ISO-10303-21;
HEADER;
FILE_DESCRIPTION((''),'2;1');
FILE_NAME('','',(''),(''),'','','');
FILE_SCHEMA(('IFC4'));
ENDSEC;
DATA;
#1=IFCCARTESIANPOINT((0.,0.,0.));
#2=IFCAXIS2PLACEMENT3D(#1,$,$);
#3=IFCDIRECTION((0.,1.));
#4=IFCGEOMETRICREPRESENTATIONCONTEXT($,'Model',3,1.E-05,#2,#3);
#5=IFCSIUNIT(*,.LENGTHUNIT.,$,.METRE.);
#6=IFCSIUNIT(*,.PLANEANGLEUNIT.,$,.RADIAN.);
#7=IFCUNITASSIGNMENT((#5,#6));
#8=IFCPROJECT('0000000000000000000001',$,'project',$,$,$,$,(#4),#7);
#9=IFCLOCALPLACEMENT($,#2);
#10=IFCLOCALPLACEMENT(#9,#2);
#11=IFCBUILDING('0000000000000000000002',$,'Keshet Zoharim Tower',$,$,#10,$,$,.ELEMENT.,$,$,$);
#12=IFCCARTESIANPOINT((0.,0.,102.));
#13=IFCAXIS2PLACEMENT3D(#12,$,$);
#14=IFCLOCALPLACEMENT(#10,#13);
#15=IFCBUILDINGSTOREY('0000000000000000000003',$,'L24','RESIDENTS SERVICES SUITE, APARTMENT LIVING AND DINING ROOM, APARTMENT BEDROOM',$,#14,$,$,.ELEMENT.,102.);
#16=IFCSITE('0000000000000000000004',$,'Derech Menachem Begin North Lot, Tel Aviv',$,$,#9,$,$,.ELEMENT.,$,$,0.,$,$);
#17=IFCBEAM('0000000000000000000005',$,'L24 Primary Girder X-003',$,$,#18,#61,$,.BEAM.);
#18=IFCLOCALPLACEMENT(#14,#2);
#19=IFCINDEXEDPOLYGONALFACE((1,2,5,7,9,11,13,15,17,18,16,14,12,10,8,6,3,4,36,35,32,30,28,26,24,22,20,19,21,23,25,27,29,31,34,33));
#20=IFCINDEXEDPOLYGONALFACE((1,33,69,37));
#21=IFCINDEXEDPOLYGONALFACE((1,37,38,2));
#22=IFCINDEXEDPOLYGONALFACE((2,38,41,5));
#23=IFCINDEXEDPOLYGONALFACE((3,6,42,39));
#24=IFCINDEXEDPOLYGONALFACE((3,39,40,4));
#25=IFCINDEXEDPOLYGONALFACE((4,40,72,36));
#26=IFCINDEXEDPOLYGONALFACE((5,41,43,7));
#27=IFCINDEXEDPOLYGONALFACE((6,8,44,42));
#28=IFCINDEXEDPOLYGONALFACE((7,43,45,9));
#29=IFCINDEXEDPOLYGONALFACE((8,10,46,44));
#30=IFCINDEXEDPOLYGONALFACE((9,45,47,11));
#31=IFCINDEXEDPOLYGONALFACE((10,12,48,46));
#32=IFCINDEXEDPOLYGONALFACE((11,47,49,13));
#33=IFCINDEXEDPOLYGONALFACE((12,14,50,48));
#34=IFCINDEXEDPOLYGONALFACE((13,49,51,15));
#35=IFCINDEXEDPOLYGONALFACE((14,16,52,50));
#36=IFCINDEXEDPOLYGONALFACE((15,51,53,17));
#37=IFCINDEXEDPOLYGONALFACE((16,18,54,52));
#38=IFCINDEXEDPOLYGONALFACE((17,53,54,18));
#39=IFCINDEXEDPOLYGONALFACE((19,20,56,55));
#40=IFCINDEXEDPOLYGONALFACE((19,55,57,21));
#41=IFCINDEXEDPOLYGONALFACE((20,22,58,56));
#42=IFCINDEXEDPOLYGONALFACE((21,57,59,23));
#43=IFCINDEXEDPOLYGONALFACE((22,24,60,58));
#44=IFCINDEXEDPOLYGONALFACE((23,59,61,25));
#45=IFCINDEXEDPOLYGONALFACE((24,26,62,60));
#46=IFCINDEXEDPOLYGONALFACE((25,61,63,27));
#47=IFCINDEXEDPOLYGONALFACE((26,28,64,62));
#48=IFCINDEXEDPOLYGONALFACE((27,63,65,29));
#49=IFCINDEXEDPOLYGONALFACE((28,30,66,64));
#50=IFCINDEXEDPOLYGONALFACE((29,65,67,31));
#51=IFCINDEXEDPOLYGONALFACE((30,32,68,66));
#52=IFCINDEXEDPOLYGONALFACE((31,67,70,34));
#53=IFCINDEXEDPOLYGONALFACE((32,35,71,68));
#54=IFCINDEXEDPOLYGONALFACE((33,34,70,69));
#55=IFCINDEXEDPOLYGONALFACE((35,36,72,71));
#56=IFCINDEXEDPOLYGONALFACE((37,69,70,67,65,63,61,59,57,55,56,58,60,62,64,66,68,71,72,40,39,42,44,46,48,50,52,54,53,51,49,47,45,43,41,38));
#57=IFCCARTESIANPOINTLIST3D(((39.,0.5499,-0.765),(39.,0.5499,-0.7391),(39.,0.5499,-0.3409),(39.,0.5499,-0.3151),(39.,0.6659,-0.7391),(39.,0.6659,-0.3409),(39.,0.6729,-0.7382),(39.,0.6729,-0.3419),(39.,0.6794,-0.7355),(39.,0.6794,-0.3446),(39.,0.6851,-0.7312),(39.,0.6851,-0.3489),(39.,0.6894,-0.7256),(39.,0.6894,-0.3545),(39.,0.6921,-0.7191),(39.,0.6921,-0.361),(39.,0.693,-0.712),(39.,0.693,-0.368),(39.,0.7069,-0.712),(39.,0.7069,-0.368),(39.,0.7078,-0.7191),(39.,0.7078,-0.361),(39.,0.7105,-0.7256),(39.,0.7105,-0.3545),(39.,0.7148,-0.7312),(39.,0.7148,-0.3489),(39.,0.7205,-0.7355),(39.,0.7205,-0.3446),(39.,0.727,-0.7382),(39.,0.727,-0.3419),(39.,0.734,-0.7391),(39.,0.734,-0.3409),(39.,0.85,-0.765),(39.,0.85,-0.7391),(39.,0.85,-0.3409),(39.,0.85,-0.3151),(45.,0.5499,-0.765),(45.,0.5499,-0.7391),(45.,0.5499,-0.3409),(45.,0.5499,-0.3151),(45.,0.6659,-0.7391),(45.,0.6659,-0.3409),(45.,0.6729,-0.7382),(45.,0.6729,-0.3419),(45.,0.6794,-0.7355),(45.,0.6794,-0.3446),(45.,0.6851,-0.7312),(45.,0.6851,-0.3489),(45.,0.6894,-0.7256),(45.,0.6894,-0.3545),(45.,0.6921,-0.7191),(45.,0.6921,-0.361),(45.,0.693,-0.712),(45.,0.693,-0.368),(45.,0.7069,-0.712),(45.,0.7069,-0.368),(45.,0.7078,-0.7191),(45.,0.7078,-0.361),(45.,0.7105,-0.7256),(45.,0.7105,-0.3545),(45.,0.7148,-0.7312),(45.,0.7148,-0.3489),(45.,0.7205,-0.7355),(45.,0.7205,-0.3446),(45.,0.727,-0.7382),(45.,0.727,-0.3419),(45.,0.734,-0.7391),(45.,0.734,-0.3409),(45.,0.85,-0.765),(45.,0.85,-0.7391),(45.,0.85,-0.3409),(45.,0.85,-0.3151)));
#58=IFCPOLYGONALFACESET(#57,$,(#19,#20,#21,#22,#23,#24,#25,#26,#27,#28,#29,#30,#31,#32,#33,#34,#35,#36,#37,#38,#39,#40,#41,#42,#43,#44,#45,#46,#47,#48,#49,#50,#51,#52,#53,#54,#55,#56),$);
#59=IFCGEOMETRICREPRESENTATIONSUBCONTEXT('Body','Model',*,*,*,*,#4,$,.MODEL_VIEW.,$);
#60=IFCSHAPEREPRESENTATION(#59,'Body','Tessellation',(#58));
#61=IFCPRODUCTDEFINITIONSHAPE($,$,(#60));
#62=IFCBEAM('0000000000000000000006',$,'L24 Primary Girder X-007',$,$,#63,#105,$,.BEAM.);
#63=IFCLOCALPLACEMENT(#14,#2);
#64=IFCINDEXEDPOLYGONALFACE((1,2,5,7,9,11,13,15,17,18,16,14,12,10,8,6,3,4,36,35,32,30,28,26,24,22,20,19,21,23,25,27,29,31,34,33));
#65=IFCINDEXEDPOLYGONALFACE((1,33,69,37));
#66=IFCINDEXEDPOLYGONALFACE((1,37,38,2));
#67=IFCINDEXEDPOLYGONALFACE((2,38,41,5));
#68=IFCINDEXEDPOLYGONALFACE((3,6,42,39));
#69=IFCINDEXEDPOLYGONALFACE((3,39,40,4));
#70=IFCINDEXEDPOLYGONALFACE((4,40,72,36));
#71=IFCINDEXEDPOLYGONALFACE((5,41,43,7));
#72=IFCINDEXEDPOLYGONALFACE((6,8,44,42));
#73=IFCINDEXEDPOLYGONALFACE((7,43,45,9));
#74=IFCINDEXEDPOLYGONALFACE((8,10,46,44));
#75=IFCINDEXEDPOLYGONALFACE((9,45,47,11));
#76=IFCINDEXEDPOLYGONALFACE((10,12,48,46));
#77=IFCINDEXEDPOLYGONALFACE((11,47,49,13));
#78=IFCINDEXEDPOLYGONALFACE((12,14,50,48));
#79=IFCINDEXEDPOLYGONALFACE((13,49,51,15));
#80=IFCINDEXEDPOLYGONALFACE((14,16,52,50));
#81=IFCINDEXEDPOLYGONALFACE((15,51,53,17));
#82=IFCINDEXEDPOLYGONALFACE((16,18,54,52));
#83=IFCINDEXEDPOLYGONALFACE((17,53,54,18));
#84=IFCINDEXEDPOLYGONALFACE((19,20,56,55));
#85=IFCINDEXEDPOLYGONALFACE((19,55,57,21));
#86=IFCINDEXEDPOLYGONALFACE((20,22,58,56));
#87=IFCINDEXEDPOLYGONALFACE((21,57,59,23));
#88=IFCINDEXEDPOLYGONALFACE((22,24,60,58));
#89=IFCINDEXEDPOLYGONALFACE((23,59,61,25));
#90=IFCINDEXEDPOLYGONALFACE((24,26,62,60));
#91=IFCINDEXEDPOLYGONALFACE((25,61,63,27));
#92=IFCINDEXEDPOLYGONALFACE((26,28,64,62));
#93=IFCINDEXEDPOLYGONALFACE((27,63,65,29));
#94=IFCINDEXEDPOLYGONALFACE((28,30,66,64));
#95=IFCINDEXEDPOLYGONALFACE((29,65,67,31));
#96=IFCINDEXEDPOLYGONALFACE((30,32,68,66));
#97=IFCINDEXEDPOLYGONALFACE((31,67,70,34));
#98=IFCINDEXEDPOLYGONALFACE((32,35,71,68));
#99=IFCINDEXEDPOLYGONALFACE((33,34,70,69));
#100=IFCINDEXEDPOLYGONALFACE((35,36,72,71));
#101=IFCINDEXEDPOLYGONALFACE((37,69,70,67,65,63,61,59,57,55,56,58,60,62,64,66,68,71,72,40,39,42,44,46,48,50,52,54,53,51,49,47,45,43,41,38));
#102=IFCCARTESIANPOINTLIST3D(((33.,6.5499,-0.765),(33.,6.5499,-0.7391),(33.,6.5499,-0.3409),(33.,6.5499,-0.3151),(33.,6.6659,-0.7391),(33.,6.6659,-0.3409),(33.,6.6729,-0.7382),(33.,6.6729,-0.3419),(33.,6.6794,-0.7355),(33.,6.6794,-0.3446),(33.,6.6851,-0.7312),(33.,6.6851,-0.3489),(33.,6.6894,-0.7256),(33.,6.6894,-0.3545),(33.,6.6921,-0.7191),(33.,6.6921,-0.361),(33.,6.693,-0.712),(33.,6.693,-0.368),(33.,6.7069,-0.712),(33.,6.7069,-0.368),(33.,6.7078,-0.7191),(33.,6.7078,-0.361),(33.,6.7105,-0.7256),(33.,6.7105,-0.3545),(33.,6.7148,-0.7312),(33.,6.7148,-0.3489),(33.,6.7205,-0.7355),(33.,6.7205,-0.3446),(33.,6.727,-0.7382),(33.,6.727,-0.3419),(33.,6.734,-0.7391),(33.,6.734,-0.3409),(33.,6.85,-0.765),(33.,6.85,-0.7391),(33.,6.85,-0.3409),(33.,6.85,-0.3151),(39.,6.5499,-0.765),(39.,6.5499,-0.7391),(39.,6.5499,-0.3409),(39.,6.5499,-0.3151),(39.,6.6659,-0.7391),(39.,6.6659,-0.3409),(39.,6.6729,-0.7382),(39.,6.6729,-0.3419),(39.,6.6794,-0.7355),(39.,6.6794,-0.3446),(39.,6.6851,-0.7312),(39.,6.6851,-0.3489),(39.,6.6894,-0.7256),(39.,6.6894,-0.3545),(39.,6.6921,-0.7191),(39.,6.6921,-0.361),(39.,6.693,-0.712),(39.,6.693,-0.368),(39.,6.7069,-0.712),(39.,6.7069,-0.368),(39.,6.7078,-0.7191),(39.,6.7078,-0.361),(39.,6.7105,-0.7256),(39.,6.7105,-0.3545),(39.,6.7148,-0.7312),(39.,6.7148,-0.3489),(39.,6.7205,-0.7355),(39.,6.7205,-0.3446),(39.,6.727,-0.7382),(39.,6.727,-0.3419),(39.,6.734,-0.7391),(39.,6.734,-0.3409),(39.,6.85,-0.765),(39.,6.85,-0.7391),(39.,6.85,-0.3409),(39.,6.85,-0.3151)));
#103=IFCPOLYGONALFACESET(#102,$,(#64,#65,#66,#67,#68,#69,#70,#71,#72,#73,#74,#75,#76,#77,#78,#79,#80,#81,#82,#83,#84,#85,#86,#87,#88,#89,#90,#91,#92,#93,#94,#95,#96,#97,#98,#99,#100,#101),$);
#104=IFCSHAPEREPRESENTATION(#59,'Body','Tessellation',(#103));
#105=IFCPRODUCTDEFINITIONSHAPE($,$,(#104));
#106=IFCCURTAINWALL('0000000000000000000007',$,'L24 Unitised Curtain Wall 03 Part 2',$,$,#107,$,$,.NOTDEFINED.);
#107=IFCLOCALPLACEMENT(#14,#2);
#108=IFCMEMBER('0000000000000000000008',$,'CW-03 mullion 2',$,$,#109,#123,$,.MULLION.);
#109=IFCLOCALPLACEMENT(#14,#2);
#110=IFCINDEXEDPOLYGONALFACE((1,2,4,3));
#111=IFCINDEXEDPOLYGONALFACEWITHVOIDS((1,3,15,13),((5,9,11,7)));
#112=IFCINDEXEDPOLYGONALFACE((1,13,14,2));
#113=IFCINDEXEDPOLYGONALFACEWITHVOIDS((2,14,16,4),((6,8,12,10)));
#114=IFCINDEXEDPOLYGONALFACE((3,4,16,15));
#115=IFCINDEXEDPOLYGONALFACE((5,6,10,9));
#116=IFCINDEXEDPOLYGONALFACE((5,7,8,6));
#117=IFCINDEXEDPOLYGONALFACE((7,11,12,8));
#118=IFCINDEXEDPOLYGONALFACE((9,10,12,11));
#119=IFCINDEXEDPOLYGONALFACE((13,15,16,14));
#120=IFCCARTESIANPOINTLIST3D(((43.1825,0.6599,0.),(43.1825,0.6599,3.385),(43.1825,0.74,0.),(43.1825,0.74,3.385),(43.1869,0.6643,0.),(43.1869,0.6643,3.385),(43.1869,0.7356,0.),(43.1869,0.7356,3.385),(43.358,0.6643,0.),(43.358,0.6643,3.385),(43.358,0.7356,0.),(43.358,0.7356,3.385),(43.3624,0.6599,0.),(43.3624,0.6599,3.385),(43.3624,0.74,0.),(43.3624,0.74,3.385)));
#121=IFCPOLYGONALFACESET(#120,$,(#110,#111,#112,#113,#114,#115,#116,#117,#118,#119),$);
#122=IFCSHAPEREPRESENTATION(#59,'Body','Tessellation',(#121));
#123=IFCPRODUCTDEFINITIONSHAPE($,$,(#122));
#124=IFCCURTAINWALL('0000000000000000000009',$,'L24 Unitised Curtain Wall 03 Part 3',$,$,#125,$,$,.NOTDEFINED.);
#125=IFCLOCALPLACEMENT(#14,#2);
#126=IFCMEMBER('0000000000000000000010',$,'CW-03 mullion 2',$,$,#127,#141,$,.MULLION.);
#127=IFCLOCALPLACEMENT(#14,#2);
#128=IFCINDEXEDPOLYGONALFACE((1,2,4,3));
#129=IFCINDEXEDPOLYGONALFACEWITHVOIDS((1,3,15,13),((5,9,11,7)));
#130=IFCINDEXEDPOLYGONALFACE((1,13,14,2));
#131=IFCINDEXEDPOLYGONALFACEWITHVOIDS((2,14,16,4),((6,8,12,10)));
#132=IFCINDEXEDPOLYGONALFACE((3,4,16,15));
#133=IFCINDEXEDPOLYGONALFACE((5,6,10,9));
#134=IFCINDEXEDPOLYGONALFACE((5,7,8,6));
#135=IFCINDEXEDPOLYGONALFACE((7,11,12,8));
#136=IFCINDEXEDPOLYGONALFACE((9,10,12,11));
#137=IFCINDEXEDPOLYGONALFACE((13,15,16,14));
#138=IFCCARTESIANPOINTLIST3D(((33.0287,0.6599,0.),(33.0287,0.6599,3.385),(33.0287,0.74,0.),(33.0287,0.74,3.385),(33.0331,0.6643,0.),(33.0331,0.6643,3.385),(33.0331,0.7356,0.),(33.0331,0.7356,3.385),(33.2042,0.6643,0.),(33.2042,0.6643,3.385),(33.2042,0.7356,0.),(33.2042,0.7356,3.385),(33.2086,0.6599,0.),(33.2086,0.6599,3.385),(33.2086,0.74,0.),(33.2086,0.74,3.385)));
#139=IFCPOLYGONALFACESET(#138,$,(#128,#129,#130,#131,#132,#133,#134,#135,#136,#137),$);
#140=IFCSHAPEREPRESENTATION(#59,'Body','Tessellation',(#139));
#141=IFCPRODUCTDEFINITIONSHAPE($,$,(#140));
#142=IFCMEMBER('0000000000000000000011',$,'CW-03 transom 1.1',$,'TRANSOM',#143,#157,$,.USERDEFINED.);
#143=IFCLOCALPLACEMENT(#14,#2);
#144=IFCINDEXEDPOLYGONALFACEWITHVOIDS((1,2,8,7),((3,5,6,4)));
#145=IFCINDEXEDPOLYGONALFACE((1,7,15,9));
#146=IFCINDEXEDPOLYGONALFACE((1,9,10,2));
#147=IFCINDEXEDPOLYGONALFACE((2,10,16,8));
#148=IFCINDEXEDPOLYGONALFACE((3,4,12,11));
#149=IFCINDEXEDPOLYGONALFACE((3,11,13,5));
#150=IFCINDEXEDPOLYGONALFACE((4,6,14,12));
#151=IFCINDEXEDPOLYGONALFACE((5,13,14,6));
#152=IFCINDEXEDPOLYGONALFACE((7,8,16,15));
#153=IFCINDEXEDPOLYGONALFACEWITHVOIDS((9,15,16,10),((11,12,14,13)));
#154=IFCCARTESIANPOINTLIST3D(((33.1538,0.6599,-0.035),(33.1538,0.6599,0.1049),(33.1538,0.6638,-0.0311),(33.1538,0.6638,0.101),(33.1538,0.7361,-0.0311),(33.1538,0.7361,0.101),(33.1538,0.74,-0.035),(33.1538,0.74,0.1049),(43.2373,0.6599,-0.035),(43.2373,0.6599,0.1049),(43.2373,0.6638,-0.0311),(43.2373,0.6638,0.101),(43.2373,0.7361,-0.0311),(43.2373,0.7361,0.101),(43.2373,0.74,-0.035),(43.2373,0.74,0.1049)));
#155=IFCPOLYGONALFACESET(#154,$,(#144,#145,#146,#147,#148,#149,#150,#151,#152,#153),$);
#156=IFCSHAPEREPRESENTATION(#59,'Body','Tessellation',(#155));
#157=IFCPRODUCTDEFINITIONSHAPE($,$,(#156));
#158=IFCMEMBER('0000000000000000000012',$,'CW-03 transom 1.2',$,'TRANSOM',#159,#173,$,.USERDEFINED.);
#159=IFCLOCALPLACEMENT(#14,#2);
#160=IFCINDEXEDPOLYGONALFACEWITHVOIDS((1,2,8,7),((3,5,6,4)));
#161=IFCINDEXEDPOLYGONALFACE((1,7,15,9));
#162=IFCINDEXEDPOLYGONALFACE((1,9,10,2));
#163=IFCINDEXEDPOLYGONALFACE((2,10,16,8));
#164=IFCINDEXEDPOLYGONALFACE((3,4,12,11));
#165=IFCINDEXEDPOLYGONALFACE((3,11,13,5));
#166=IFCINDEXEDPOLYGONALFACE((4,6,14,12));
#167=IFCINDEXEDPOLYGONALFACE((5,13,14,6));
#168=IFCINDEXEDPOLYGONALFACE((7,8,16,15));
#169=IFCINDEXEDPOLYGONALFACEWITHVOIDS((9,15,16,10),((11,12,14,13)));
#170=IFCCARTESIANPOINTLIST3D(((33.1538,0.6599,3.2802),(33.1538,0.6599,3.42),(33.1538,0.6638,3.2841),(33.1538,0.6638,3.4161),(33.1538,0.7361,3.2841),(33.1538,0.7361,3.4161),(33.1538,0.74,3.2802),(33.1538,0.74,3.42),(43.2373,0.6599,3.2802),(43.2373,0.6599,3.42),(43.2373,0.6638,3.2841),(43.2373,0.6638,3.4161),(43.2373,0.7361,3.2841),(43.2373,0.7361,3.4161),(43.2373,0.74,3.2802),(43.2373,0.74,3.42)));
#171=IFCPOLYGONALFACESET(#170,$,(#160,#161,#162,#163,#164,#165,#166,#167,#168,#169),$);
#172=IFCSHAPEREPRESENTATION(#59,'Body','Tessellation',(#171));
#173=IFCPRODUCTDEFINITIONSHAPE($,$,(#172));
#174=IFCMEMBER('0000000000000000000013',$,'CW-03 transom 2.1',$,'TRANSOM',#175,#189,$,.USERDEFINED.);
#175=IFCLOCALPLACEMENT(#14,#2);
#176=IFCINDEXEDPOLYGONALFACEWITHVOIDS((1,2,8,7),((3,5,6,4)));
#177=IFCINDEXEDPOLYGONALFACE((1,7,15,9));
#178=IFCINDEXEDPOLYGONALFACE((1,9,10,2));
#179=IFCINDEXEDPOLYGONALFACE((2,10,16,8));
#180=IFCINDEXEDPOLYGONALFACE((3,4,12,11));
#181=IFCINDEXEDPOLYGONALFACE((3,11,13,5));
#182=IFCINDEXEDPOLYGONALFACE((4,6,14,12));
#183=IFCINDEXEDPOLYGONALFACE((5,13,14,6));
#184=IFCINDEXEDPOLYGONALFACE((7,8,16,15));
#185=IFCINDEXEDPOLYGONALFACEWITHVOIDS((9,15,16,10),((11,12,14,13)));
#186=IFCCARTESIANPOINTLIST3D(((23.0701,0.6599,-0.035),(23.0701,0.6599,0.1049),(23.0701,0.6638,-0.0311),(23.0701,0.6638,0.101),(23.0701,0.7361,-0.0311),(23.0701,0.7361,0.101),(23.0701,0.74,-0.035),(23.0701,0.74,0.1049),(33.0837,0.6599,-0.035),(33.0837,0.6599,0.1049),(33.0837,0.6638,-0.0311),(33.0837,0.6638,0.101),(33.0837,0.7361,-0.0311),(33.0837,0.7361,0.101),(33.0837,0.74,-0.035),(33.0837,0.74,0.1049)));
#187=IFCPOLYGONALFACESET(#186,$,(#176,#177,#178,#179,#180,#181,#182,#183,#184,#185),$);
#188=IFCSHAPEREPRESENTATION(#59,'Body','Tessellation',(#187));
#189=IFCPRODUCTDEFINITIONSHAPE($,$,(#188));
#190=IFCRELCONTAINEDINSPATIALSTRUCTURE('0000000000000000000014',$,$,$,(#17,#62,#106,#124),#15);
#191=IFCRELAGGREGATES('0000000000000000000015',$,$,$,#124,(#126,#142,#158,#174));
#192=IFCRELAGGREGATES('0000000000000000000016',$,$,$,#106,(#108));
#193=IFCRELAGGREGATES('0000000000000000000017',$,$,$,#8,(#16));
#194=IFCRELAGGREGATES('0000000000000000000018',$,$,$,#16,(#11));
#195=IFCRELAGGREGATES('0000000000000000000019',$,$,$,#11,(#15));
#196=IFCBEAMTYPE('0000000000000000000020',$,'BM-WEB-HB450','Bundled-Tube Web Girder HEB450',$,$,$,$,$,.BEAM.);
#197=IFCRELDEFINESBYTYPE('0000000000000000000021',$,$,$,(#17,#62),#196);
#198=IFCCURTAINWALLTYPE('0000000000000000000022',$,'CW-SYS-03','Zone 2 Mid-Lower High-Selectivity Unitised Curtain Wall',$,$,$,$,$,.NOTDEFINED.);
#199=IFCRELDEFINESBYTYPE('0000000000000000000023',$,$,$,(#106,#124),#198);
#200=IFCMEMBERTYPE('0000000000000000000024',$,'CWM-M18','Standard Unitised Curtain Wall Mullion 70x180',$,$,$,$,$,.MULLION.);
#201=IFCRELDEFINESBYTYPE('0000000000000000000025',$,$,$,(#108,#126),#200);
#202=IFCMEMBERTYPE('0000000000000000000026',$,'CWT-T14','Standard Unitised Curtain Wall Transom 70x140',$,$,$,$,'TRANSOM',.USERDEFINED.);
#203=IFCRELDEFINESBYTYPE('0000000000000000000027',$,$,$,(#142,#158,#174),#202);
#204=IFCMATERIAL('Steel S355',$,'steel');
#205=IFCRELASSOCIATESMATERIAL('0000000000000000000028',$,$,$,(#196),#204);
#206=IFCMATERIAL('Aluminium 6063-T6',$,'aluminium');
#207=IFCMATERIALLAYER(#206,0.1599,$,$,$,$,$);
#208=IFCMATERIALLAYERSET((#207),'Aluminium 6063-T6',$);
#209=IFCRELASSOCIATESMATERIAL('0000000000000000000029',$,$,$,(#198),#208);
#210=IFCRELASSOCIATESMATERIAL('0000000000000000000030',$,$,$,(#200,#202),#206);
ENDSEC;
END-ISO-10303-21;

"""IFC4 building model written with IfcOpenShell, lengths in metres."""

from ifc_helpers import new_model, si_unit, direction, frame, origin, origin_2d, place, context, subcontext, project, spatial, hollow_rectangle, i_section, extrude, material, layer, layer_set, material_profile, profile_set, type_object, element, aggregate, save


model = new_model("IFC4")

# Units and contexts
model_context = context("Model", 3, precision=1e-05, world=origin(), true_north=direction((0.0, 1.0)))
body_context = subcontext(model_context, "Body", "Model", "MODEL_VIEW")
ifc_project = project(units=[si_unit("LENGTHUNIT", "METRE"), si_unit("PLANEANGLEUNIT", "RADIAN")], contexts=[model_context])

# Site, building, storey
site_placement = place(None, origin())
site = spatial("IfcSite", under=ifc_project, at=site_placement, Name="Derech Menachem Begin North Lot, Tel Aviv", CompositionType="ELEMENT", RefElevation=0.0)
building_placement = place(site_placement, origin())
building = spatial("IfcBuilding", under=site, at=building_placement, Name="Keshet Zoharim Tower", CompositionType="ELEMENT")
storey_placement = place(building_placement, frame((0.0, 0.0, 102.0)))
storey = spatial("IfcBuildingStorey", under=building, at=storey_placement, Name="L24", Description="RESIDENTS SERVICES SUITE, APARTMENT LIVING AND DINING ROOM, APARTMENT BEDROOM", CompositionType="ELEMENT", Elevation=102.0)

# Shared definitions
ifc_material_1 = material(Name="Steel S355", Category="steel")

# Beams
ifc_material_profile_1 = material_profile(ifc_material_1, i_section(OverallWidth=0.3, OverallDepth=0.45, WebThickness=0.0139, FlangeThickness=0.0259, FilletRadius=0.0271, at=origin_2d()), Name="HEB450")
ifc_profile_set_1 = profile_set([ifc_material_profile_1], Name="Steel S355")
beam_type_1 = type_object("IfcBeamType", Name="BM-WEB-HB450", Description="Bundled-Tube Web Girder HEB450", PredefinedType="BEAM", material=ifc_profile_set_1)
for number, where, z_axis, x_axis, name in (
    (1, (39.0, 0.7, -0.54), (1.0, 0.0, 0.0), (0.0, 1.0, 0.0), "L24 Primary Girder X-003"),
    (2, (33.0, 6.7, -0.54), (1.0, 0.0, 0.0), (0.0, 1.0, 0.0), "L24 Primary Girder X-007"),
):
    element("IfcBeam", number, at=place(storey_placement, frame(where, z_axis=z_axis, x_axis=x_axis)), inside=storey, type_object=beam_type_1, Name=name, PredefinedType="BEAM", context=body_context, shape_type="SweptSolid", body=[
        extrude(i_section(OverallWidth=0.3, OverallDepth=0.45, WebThickness=0.0139, FlangeThickness=0.0259, FilletRadius=0.0271, at=origin_2d()), origin(), (0.0, 0.0, 1.0), 6.0),
    ])

# Curtain wall, member
ifc_material_2 = material(Name="Aluminium 6063-T6", Category="aluminium")
ifc_layer_1 = layer(ifc_material_2, 0.1599)
ifc_layer_set_1 = layer_set([ifc_layer_1], Name="Aluminium 6063-T6")
curtain_wall_type = type_object("IfcCurtainWallType", Name="CW-SYS-03", Description="Zone 2 Mid-Lower High-Selectivity Unitised Curtain Wall", PredefinedType="NOTDEFINED", material=ifc_layer_set_1)
curtain_wall_1_placement = place(storey_placement, origin())
curtain_wall_1 = element("IfcCurtainWall", 3, at=curtain_wall_1_placement, inside=storey, type_object=curtain_wall_type, Name="L24 Unitised Curtain Wall 03 Part 2", PredefinedType="NOTDEFINED")
ifc_material_profile_2 = material_profile(ifc_material_2, hollow_rectangle(XDim=0.0801, YDim=0.1799, WallThickness=0.0044, at=origin_2d()), Name="MUL-80x180")
ifc_profile_set_2 = profile_set([ifc_material_profile_2], Name="Aluminium 6063-T6")
member_type_1 = type_object("IfcMemberType", Name="CWM-M18", Description="Standard Unitised Curtain Wall Mullion 70x180", PredefinedType="MULLION", material=ifc_profile_set_2)
member_1_placement = place(storey_placement, frame((43.2725, 0.7, 0.0), z_axis=(0.0, 0.0, 1.0), x_axis=(0.0, -1.0, 0.0)))
member_1 = element("IfcMember", 4, at=member_1_placement, type_object=member_type_1, Name="CW-03 mullion 2", PredefinedType="MULLION", context=body_context, shape_type="SweptSolid", body=[
    extrude(hollow_rectangle(XDim=0.0801, YDim=0.1799, WallThickness=0.0044, at=origin_2d()), origin(), (0.0, 0.0, 1.0), 3.385),
])

# Curtain wall, members
curtain_wall_2_placement = place(storey_placement, origin())
curtain_wall_2 = element("IfcCurtainWall", 5, at=curtain_wall_2_placement, inside=storey, type_object=curtain_wall_type, Name="L24 Unitised Curtain Wall 03 Part 3", PredefinedType="NOTDEFINED")
member_2_placement = place(storey_placement, frame((33.1187, 0.7, 0.0), z_axis=(0.0, 0.0, 1.0), x_axis=(0.0, -1.0, 0.0)))
member_2 = element("IfcMember", 6, at=member_2_placement, type_object=member_type_1, Name="CW-03 mullion 2", PredefinedType="MULLION", context=body_context, shape_type="SweptSolid", body=[
    extrude(hollow_rectangle(XDim=0.0801, YDim=0.1799, WallThickness=0.0044, at=origin_2d()), origin(), (0.0, 0.0, 1.0), 3.385),
])
ifc_material_profile_3 = material_profile(ifc_material_2, hollow_rectangle(XDim=0.0801, YDim=0.1399, WallThickness=0.0039, at=origin_2d()), Name="TRN-80x140")
ifc_profile_set_3 = profile_set([ifc_material_profile_3], Name="Aluminium 6063-T6")
member_type_2 = type_object("IfcMemberType", Name="CWT-T14", Description="Standard Unitised Curtain Wall Transom 70x140", ElementType="TRANSOM", PredefinedType="USERDEFINED", material=ifc_profile_set_3)
member_3_placement = place(storey_placement, frame((43.2373, 0.7, 0.0349), z_axis=(-1.0, 0.0, 0.0), x_axis=(0.0, -1.0, 0.0)))
member_3 = element("IfcMember", 7, at=member_3_placement, type_object=member_type_2, Name="CW-03 transom 1.1", ObjectType="TRANSOM", PredefinedType="USERDEFINED", context=body_context, shape_type="SweptSolid", body=[
    extrude(hollow_rectangle(XDim=0.0801, YDim=0.1399, WallThickness=0.0039, at=origin_2d()), origin(), (0.0, 0.0, 1.0), 10.0835),
])
member_4_placement = place(storey_placement, frame((43.2373, 0.7, 3.3501), z_axis=(-1.0, 0.0, 0.0), x_axis=(0.0, -1.0, 0.0)))
member_4 = element("IfcMember", 8, at=member_4_placement, type_object=member_type_2, Name="CW-03 transom 1.2", ObjectType="TRANSOM", PredefinedType="USERDEFINED", context=body_context, shape_type="SweptSolid", body=[
    extrude(hollow_rectangle(XDim=0.0801, YDim=0.1399, WallThickness=0.0039, at=origin_2d()), origin(), (0.0, 0.0, 1.0), 10.0835),
])
member_5_placement = place(storey_placement, frame((33.0837, 0.7, 0.0349), z_axis=(-1.0, 0.0, 0.0), x_axis=(0.0, -1.0, 0.0)))
member_5 = element("IfcMember", 9, at=member_5_placement, type_object=member_type_2, Name="CW-03 transom 2.1", ObjectType="TRANSOM", PredefinedType="USERDEFINED", context=body_context, shape_type="SweptSolid", body=[
    extrude(hollow_rectangle(XDim=0.0801, YDim=0.1399, WallThickness=0.0039, at=origin_2d()), origin(), (0.0, 0.0, 1.0), 10.0137),
])
aggregate(curtain_wall_2, [member_2, member_3, member_4, member_5])

aggregate(curtain_wall_1, [member_1])

save(model, "model.ifc")
